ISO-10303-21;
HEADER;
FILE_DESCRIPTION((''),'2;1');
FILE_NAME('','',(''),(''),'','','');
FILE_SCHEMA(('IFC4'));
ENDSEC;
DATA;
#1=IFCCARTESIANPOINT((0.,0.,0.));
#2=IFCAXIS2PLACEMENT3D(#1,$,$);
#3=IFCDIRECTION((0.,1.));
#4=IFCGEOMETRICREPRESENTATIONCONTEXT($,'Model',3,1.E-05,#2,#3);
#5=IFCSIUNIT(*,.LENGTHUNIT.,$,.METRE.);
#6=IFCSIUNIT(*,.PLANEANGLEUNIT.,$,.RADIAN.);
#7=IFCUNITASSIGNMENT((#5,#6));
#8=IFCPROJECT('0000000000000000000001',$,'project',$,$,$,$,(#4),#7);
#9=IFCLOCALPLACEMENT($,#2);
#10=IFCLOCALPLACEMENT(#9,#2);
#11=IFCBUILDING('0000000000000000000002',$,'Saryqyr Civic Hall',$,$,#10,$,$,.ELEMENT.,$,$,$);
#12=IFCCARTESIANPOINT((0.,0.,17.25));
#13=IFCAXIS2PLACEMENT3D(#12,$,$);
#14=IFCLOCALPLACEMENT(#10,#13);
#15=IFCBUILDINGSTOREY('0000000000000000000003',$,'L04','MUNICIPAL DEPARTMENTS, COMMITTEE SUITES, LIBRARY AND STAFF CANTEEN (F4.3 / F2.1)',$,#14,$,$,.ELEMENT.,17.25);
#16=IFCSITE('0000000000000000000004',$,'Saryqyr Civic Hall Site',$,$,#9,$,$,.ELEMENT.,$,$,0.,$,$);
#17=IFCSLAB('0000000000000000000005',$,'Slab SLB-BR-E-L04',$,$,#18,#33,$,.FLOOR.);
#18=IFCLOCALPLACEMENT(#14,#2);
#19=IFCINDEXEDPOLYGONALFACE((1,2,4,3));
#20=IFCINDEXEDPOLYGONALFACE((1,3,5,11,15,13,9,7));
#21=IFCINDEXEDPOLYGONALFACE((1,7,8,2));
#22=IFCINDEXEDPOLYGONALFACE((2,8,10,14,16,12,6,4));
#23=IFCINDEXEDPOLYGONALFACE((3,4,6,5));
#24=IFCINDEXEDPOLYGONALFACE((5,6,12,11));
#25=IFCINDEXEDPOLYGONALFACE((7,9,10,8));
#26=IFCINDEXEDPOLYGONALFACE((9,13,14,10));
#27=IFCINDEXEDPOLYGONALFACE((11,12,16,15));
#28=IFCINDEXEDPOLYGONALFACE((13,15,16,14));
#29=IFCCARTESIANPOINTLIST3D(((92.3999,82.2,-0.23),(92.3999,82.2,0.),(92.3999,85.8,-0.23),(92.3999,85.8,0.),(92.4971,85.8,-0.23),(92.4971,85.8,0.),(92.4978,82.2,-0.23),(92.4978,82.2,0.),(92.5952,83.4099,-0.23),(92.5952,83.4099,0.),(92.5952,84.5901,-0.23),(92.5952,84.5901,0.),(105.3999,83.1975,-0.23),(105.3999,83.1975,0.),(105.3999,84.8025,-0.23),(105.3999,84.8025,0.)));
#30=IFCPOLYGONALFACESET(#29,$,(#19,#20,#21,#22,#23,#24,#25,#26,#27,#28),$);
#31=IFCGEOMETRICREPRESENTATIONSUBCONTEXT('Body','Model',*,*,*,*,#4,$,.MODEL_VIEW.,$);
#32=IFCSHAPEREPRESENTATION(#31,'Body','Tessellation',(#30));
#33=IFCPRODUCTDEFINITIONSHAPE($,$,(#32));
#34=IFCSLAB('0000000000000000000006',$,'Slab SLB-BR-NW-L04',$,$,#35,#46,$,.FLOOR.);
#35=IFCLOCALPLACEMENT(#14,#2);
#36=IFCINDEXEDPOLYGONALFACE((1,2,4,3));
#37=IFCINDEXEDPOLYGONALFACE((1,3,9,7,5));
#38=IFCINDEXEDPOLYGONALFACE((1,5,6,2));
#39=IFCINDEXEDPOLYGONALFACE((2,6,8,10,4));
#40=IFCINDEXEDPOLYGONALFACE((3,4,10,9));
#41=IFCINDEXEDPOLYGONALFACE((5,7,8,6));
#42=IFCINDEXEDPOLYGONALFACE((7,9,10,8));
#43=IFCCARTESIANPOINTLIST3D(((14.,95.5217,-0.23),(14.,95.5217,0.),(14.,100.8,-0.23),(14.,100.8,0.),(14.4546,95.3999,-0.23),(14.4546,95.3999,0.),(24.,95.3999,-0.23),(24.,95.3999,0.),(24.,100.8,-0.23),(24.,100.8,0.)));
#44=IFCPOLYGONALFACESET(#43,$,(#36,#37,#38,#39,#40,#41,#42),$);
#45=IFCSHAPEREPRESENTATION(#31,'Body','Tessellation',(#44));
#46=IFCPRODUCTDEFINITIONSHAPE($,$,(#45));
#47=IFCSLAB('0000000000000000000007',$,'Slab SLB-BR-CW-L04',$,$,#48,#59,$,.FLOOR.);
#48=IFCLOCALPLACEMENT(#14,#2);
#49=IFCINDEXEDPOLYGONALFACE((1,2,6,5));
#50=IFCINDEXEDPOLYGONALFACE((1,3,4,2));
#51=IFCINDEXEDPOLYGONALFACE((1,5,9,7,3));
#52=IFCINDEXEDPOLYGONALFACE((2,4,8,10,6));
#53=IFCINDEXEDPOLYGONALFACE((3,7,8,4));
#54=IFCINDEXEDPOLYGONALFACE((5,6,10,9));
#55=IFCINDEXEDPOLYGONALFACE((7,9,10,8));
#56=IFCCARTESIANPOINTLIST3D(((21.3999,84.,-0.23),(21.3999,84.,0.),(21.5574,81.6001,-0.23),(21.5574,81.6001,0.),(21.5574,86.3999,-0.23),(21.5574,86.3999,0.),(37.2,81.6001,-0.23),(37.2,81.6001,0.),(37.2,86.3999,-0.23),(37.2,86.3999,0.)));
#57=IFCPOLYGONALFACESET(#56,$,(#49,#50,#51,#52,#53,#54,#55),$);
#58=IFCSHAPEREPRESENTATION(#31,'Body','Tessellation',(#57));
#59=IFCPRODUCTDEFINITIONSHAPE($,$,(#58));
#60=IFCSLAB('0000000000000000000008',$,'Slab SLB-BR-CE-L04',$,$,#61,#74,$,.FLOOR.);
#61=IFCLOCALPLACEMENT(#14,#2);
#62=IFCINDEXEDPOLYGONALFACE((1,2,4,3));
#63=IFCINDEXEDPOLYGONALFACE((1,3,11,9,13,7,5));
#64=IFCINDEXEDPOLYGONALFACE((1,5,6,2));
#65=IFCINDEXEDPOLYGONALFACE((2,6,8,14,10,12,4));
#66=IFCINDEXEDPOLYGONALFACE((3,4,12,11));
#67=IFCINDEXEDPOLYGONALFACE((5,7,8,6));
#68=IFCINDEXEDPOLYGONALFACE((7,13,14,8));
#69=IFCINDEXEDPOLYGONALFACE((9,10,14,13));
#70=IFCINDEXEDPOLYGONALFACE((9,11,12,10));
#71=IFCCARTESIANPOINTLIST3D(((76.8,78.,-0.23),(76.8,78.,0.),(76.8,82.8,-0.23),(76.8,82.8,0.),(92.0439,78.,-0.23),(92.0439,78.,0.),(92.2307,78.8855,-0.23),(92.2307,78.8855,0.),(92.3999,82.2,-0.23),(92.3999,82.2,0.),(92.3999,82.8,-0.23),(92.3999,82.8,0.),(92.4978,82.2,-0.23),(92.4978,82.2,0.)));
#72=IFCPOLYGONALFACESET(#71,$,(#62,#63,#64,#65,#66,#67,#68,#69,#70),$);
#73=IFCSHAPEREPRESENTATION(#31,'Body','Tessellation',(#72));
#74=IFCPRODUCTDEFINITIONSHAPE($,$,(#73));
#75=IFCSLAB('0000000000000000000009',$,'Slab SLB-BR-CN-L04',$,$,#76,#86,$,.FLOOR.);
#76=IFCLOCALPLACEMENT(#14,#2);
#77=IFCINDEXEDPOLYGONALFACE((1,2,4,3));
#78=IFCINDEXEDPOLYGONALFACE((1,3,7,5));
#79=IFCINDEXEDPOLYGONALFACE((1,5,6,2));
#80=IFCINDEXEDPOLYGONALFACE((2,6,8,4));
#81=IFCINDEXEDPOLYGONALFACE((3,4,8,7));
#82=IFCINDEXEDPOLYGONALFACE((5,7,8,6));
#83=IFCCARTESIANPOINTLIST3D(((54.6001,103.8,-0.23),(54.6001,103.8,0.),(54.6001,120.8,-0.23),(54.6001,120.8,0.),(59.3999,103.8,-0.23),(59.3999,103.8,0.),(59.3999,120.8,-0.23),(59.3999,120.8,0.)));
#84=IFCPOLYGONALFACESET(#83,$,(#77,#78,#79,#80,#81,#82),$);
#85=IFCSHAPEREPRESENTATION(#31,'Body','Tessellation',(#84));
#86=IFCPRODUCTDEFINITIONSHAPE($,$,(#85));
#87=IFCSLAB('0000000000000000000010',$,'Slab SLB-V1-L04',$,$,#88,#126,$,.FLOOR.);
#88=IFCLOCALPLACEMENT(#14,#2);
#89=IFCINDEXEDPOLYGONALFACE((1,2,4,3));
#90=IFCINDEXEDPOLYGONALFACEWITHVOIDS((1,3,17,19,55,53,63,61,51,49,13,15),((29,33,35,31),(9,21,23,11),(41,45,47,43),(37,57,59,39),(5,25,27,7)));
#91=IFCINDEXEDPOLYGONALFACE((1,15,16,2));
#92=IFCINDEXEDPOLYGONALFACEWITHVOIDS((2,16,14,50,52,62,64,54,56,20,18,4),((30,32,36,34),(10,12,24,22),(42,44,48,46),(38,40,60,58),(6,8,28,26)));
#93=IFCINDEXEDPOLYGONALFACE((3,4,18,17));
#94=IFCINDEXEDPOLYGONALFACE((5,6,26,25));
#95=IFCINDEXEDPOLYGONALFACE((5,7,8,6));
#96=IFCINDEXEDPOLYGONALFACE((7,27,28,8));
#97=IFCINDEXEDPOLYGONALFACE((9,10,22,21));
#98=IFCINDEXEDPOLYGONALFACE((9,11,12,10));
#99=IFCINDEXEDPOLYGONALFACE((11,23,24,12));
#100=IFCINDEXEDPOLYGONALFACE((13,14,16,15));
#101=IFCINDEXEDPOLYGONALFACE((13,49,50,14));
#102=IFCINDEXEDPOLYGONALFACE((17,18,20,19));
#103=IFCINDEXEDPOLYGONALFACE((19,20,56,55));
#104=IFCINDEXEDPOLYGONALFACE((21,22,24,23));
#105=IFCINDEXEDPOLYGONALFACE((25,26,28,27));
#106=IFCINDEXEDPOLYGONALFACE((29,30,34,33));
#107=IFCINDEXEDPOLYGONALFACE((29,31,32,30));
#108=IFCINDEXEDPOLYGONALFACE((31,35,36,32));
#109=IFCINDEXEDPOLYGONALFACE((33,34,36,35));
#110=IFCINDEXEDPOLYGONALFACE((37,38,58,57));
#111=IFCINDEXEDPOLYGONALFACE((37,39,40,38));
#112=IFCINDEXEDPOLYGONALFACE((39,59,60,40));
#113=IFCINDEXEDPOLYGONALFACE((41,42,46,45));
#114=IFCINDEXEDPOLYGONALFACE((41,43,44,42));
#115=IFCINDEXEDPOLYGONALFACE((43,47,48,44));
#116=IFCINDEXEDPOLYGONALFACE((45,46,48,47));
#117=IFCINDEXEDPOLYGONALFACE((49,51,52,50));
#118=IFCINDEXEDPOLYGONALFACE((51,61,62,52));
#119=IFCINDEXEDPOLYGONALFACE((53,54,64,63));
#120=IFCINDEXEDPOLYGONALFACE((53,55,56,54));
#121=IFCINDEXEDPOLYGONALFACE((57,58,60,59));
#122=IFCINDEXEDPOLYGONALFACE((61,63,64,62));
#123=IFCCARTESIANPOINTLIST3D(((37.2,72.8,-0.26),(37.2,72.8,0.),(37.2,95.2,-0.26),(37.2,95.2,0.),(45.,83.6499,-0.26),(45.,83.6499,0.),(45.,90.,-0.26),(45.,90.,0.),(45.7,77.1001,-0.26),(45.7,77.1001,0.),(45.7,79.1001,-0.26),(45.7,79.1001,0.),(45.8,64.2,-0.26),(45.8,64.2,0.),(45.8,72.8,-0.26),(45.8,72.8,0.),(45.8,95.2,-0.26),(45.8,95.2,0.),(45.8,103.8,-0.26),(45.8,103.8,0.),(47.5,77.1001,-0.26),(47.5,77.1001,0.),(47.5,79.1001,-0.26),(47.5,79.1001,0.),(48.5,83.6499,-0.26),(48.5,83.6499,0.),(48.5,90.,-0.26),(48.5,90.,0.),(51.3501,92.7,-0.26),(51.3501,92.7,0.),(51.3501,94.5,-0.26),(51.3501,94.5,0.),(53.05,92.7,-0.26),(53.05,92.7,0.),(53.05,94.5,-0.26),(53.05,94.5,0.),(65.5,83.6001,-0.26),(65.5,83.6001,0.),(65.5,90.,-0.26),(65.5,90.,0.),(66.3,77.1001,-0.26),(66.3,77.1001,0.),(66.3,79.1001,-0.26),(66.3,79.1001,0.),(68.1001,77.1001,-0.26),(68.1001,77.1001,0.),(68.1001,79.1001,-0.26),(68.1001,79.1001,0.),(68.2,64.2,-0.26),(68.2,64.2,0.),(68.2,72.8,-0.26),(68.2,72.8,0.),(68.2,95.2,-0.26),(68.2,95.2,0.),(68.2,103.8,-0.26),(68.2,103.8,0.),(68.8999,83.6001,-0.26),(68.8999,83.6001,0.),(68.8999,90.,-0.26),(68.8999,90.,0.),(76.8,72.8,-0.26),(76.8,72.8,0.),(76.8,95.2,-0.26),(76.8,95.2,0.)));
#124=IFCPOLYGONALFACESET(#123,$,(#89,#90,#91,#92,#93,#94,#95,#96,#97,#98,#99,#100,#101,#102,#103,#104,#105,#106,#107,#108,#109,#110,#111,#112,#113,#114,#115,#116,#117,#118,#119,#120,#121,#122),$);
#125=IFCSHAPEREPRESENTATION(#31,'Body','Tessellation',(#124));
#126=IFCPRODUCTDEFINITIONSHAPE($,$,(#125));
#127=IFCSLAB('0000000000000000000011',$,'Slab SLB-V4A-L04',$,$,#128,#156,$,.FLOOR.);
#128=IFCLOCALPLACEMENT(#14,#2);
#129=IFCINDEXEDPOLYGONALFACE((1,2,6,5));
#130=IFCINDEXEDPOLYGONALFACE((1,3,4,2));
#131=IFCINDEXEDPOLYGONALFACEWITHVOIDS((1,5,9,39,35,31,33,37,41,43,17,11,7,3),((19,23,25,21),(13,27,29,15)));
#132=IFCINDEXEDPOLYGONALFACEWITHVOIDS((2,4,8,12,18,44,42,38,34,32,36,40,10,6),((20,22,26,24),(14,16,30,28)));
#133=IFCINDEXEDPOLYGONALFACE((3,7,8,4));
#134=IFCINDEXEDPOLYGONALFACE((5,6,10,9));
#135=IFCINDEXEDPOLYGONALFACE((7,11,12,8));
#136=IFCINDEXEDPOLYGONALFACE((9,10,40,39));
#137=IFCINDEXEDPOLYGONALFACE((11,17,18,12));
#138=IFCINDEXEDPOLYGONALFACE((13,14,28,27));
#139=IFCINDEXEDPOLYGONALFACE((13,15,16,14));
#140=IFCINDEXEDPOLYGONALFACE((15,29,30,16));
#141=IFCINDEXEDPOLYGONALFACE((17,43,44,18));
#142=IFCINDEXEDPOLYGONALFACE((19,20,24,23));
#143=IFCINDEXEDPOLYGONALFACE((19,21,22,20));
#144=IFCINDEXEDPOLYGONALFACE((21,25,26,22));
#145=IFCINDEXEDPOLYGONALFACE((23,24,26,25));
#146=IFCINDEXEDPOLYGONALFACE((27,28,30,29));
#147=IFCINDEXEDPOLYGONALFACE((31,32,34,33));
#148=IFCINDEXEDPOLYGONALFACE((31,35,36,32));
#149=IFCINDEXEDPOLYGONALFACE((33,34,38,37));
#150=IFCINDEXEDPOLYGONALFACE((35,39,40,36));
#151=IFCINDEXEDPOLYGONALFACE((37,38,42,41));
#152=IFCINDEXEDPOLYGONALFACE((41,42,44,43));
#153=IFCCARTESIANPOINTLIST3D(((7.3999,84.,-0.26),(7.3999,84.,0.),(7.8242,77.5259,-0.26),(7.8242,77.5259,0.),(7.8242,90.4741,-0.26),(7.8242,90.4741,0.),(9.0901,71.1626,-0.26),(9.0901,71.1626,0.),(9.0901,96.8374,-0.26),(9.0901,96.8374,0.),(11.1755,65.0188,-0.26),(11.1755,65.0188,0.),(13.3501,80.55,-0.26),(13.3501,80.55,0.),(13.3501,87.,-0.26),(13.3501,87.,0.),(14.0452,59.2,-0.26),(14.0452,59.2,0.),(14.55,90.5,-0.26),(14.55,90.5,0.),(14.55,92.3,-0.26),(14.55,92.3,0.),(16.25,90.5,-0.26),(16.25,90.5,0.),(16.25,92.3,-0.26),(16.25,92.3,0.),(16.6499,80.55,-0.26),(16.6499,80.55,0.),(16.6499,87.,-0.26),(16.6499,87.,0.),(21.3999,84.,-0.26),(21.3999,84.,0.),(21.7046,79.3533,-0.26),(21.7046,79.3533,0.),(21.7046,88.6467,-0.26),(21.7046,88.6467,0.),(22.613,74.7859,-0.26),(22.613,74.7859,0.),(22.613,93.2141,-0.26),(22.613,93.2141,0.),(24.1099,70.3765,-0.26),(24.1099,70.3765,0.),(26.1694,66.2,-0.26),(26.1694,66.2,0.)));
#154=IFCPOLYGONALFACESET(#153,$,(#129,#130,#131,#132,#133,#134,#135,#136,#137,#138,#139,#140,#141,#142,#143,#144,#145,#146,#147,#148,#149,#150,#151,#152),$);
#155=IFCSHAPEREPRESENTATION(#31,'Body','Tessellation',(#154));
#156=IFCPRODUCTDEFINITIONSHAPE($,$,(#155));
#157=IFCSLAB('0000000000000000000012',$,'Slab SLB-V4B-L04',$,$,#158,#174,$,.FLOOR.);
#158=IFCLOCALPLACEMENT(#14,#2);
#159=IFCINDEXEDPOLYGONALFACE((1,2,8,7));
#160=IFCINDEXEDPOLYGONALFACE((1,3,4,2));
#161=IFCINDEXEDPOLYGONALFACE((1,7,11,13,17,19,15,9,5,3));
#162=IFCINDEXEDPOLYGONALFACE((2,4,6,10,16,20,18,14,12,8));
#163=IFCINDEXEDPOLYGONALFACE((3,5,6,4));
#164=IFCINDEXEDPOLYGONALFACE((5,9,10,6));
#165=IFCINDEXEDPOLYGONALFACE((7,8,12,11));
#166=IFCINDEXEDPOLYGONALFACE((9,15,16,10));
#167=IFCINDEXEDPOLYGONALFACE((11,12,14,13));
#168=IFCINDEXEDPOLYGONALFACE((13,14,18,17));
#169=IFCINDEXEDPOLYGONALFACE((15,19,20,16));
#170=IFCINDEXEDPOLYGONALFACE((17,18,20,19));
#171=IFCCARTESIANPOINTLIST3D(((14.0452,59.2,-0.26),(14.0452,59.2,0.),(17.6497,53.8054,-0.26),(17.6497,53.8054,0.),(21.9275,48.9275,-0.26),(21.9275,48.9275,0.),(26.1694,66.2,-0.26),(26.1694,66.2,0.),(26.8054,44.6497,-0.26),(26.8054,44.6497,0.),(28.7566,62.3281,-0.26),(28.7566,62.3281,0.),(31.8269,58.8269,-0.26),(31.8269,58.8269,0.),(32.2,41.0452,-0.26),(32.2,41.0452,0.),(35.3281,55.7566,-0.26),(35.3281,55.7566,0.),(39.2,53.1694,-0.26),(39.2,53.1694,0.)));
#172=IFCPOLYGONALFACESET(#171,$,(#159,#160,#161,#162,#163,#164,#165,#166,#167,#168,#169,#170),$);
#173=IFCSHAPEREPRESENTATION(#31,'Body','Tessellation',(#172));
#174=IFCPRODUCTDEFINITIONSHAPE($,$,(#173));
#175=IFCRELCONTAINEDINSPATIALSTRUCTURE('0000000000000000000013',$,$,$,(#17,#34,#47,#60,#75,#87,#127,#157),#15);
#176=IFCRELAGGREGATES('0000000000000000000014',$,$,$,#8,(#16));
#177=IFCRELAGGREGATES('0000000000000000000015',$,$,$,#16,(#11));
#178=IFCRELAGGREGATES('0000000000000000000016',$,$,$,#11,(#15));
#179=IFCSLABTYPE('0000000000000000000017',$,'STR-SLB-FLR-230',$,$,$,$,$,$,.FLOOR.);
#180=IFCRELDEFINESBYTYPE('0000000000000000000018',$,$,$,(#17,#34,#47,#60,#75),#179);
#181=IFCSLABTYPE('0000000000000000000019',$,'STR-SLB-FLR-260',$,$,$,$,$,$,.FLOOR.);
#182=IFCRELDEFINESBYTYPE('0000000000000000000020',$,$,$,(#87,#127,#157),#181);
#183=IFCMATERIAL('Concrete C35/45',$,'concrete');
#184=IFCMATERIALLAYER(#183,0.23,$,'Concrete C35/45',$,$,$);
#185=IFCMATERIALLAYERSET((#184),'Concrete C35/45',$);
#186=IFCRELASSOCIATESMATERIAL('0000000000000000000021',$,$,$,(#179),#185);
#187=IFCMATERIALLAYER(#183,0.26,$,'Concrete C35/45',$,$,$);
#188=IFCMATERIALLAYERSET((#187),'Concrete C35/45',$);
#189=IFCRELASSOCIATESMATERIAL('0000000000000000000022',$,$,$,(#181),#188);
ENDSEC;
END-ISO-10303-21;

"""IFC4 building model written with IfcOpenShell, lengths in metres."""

from ifc_helpers import new_model, si_unit, direction, frame, origin, place, context, subcontext, project, spatial, polyline, outline, extrude, material, layer, layer_set, type_object, element, save


model = new_model("IFC4")

# Units and contexts
model_context = context("Model", 3, precision=1e-05, world=origin(), true_north=direction((0.0, 1.0)))
body_context = subcontext(model_context, "Body", "Model", "MODEL_VIEW")
ifc_project = project(units=[si_unit("LENGTHUNIT", "METRE"), si_unit("PLANEANGLEUNIT", "RADIAN")], contexts=[model_context])

# Site, building, storey
site_placement = place(None, origin())
site = spatial("IfcSite", under=ifc_project, at=site_placement, Name="Saryqyr Civic Hall Site", CompositionType="ELEMENT", RefElevation=0.0)
building_placement = place(site_placement, origin())
building = spatial("IfcBuilding", under=site, at=building_placement, Name="Saryqyr Civic Hall", CompositionType="ELEMENT")
storey_placement = place(building_placement, frame((0.0, 0.0, 17.25)))
storey = spatial("IfcBuildingStorey", under=building, at=storey_placement, Name="L04", Description="MUNICIPAL DEPARTMENTS, COMMITTEE SUITES, LIBRARY AND STAFF CANTEEN (F4.3 / F2.1)", CompositionType="ELEMENT", Elevation=17.25)

# Slabs
ifc_material_1 = material(Name="Concrete C35/45", Category="concrete")
ifc_layer_1 = layer(ifc_material_1, 0.23, Name="Concrete C35/45")
ifc_layer_set_1 = layer_set([ifc_layer_1], Name="Concrete C35/45")
slab_type_1 = type_object("IfcSlabType", Name="STR-SLB-FLR-230", PredefinedType="FLOOR", material=ifc_layer_set_1)
slab_1_placement = place(storey_placement, frame((0.0, 0.0, -0.23)))
element("IfcSlab", 1, at=slab_1_placement, inside=storey, type_object=slab_type_1, Name="Slab SLB-BR-E-L04", PredefinedType="FLOOR", context=body_context, shape_type="SweptSolid", body=[
    extrude(outline(polyline([(105.3999, 83.1975), (92.5952, 83.4099), (92.4978, 82.2), (92.3999, 82.2), (92.3999, 85.8), (92.4971, 85.8), (92.5952, 84.5901), (105.3999, 84.8025), (105.3999, 83.1975)])), origin(), (0.0, 0.0, 1.0), 0.23),
])
slab_2_placement = place(storey_placement, frame((0.0, 0.0, -0.23)))
element("IfcSlab", 2, at=slab_2_placement, inside=storey, type_object=slab_type_1, Name="Slab SLB-BR-NW-L04", PredefinedType="FLOOR", context=body_context, shape_type="SweptSolid", body=[
    extrude(outline(polyline([(24.0, 95.3999), (14.4546, 95.3999), (14.0, 95.5217), (14.0, 100.8), (24.0, 100.8), (24.0, 95.3999)])), origin(), (0.0, 0.0, 1.0), 0.23),
])
slab_3_placement = place(storey_placement, frame((0.0, 0.0, -0.23)))
element("IfcSlab", 3, at=slab_3_placement, inside=storey, type_object=slab_type_1, Name="Slab SLB-BR-CW-L04", PredefinedType="FLOOR", context=body_context, shape_type="SweptSolid", body=[
    extrude(outline(polyline([(37.2, 86.3999), (37.2, 81.6001), (21.5574, 81.6001), (21.3999, 84.0), (21.5574, 86.3999), (37.2, 86.3999)])), origin(), (0.0, 0.0, 1.0), 0.23),
])
slab_4_placement = place(storey_placement, frame((0.0, 0.0, -0.23)))
element("IfcSlab", 4, at=slab_4_placement, inside=storey, type_object=slab_type_1, Name="Slab SLB-BR-CE-L04", PredefinedType="FLOOR", context=body_context, shape_type="SweptSolid", body=[
    extrude(outline(polyline([(92.3999, 82.8), (92.3999, 82.2), (92.4978, 82.2), (92.2307, 78.8855), (92.0439, 78.0), (76.8, 78.0), (76.8, 82.8), (92.3999, 82.8)])), origin(), (0.0, 0.0, 1.0), 0.23),
])
slab_5_placement = place(storey_placement, frame((0.0, 0.0, -0.23)))
element("IfcSlab", 5, at=slab_5_placement, inside=storey, type_object=slab_type_1, Name="Slab SLB-BR-CN-L04", PredefinedType="FLOOR", context=body_context, shape_type="SweptSolid", body=[
    extrude(outline(polyline([(54.6001, 120.8), (59.3999, 120.8), (59.3999, 103.8), (54.6001, 103.8), (54.6001, 120.8)])), origin(), (0.0, 0.0, 1.0), 0.23),
])
ifc_layer_2 = layer(ifc_material_1, 0.26, Name="Concrete C35/45")
ifc_layer_set_2 = layer_set([ifc_layer_2], Name="Concrete C35/45")
slab_type_2 = type_object("IfcSlabType", Name="STR-SLB-FLR-260", PredefinedType="FLOOR", material=ifc_layer_set_2)
slab_6_placement = place(storey_placement, frame((0.0, 0.0, -0.26)))
element("IfcSlab", 6, at=slab_6_placement, inside=storey, type_object=slab_type_2, Name="Slab SLB-V1-L04", PredefinedType="FLOOR", context=body_context, shape_type="SweptSolid", body=[
    extrude(outline(polyline([(45.8, 72.8), (37.2, 72.8), (37.2, 95.2), (45.8, 95.2), (45.8, 103.8), (68.2, 103.8), (68.2, 95.2), (76.8, 95.2), (76.8, 72.8), (68.2, 72.8), (68.2, 64.2), (45.8, 64.2), (45.8, 72.8)]), holes=[polyline([(47.5, 79.1001), (45.7, 79.1001), (45.7, 77.1001), (47.5, 77.1001), (47.5, 79.1001)]), polyline([(48.5, 90.0), (45.0, 90.0), (45.0, 83.6499), (48.5, 83.6499), (48.5, 90.0)]), polyline([(53.05, 92.7), (53.05, 94.5), (51.3501, 94.5), (51.3501, 92.7), (53.05, 92.7)]), polyline([(68.1001, 77.1001), (68.1001, 79.1001), (66.3, 79.1001), (66.3, 77.1001), (68.1001, 77.1001)]), polyline([(68.8999, 90.0), (65.5, 90.0), (65.5, 83.6001), (68.8999, 83.6001), (68.8999, 90.0)])]), origin(), (0.0, 0.0, 1.0), 0.26),
])
slab_7_placement = place(storey_placement, frame((0.0, 0.0, -0.26)))
element("IfcSlab", 7, at=slab_7_placement, inside=storey, type_object=slab_type_2, Name="Slab SLB-V4A-L04", PredefinedType="FLOOR", context=body_context, shape_type="SweptSolid", body=[
    extrude(outline(polyline([(21.7046, 88.6467), (21.3999, 84.0), (21.7046, 79.3533), (22.613, 74.7859), (24.1099, 70.3765), (26.1694, 66.2), (14.0452, 59.2), (11.1755, 65.0188), (9.0901, 71.1626), (7.8242, 77.5259), (7.3999, 84.0), (7.8242, 90.4741), (9.0901, 96.8374), (22.613, 93.2141), (21.7046, 88.6467)]), holes=[polyline([(16.6499, 87.0), (13.3501, 87.0), (13.3501, 80.55), (16.6499, 80.55), (16.6499, 87.0)]), polyline([(16.25, 92.3), (14.55, 92.3), (14.55, 90.5), (16.25, 90.5), (16.25, 92.3)])]), origin(), (0.0, 0.0, 1.0), 0.26),
])
slab_8_placement = place(storey_placement, frame((0.0, 0.0, -0.26)))
element("IfcSlab", 8, at=slab_8_placement, inside=storey, type_object=slab_type_2, Name="Slab SLB-V4B-L04", PredefinedType="FLOOR", context=body_context, shape_type="SweptSolid", body=[
    extrude(outline(polyline([(28.7566, 62.3281), (31.8269, 58.8269), (35.3281, 55.7566), (39.2, 53.1694), (32.2, 41.0452), (26.8054, 44.6497), (21.9275, 48.9275), (17.6497, 53.8054), (14.0452, 59.2), (26.1694, 66.2), (28.7566, 62.3281)])), origin(), (0.0, 0.0, 1.0), 0.26),
])

save(model, "model.ifc")
